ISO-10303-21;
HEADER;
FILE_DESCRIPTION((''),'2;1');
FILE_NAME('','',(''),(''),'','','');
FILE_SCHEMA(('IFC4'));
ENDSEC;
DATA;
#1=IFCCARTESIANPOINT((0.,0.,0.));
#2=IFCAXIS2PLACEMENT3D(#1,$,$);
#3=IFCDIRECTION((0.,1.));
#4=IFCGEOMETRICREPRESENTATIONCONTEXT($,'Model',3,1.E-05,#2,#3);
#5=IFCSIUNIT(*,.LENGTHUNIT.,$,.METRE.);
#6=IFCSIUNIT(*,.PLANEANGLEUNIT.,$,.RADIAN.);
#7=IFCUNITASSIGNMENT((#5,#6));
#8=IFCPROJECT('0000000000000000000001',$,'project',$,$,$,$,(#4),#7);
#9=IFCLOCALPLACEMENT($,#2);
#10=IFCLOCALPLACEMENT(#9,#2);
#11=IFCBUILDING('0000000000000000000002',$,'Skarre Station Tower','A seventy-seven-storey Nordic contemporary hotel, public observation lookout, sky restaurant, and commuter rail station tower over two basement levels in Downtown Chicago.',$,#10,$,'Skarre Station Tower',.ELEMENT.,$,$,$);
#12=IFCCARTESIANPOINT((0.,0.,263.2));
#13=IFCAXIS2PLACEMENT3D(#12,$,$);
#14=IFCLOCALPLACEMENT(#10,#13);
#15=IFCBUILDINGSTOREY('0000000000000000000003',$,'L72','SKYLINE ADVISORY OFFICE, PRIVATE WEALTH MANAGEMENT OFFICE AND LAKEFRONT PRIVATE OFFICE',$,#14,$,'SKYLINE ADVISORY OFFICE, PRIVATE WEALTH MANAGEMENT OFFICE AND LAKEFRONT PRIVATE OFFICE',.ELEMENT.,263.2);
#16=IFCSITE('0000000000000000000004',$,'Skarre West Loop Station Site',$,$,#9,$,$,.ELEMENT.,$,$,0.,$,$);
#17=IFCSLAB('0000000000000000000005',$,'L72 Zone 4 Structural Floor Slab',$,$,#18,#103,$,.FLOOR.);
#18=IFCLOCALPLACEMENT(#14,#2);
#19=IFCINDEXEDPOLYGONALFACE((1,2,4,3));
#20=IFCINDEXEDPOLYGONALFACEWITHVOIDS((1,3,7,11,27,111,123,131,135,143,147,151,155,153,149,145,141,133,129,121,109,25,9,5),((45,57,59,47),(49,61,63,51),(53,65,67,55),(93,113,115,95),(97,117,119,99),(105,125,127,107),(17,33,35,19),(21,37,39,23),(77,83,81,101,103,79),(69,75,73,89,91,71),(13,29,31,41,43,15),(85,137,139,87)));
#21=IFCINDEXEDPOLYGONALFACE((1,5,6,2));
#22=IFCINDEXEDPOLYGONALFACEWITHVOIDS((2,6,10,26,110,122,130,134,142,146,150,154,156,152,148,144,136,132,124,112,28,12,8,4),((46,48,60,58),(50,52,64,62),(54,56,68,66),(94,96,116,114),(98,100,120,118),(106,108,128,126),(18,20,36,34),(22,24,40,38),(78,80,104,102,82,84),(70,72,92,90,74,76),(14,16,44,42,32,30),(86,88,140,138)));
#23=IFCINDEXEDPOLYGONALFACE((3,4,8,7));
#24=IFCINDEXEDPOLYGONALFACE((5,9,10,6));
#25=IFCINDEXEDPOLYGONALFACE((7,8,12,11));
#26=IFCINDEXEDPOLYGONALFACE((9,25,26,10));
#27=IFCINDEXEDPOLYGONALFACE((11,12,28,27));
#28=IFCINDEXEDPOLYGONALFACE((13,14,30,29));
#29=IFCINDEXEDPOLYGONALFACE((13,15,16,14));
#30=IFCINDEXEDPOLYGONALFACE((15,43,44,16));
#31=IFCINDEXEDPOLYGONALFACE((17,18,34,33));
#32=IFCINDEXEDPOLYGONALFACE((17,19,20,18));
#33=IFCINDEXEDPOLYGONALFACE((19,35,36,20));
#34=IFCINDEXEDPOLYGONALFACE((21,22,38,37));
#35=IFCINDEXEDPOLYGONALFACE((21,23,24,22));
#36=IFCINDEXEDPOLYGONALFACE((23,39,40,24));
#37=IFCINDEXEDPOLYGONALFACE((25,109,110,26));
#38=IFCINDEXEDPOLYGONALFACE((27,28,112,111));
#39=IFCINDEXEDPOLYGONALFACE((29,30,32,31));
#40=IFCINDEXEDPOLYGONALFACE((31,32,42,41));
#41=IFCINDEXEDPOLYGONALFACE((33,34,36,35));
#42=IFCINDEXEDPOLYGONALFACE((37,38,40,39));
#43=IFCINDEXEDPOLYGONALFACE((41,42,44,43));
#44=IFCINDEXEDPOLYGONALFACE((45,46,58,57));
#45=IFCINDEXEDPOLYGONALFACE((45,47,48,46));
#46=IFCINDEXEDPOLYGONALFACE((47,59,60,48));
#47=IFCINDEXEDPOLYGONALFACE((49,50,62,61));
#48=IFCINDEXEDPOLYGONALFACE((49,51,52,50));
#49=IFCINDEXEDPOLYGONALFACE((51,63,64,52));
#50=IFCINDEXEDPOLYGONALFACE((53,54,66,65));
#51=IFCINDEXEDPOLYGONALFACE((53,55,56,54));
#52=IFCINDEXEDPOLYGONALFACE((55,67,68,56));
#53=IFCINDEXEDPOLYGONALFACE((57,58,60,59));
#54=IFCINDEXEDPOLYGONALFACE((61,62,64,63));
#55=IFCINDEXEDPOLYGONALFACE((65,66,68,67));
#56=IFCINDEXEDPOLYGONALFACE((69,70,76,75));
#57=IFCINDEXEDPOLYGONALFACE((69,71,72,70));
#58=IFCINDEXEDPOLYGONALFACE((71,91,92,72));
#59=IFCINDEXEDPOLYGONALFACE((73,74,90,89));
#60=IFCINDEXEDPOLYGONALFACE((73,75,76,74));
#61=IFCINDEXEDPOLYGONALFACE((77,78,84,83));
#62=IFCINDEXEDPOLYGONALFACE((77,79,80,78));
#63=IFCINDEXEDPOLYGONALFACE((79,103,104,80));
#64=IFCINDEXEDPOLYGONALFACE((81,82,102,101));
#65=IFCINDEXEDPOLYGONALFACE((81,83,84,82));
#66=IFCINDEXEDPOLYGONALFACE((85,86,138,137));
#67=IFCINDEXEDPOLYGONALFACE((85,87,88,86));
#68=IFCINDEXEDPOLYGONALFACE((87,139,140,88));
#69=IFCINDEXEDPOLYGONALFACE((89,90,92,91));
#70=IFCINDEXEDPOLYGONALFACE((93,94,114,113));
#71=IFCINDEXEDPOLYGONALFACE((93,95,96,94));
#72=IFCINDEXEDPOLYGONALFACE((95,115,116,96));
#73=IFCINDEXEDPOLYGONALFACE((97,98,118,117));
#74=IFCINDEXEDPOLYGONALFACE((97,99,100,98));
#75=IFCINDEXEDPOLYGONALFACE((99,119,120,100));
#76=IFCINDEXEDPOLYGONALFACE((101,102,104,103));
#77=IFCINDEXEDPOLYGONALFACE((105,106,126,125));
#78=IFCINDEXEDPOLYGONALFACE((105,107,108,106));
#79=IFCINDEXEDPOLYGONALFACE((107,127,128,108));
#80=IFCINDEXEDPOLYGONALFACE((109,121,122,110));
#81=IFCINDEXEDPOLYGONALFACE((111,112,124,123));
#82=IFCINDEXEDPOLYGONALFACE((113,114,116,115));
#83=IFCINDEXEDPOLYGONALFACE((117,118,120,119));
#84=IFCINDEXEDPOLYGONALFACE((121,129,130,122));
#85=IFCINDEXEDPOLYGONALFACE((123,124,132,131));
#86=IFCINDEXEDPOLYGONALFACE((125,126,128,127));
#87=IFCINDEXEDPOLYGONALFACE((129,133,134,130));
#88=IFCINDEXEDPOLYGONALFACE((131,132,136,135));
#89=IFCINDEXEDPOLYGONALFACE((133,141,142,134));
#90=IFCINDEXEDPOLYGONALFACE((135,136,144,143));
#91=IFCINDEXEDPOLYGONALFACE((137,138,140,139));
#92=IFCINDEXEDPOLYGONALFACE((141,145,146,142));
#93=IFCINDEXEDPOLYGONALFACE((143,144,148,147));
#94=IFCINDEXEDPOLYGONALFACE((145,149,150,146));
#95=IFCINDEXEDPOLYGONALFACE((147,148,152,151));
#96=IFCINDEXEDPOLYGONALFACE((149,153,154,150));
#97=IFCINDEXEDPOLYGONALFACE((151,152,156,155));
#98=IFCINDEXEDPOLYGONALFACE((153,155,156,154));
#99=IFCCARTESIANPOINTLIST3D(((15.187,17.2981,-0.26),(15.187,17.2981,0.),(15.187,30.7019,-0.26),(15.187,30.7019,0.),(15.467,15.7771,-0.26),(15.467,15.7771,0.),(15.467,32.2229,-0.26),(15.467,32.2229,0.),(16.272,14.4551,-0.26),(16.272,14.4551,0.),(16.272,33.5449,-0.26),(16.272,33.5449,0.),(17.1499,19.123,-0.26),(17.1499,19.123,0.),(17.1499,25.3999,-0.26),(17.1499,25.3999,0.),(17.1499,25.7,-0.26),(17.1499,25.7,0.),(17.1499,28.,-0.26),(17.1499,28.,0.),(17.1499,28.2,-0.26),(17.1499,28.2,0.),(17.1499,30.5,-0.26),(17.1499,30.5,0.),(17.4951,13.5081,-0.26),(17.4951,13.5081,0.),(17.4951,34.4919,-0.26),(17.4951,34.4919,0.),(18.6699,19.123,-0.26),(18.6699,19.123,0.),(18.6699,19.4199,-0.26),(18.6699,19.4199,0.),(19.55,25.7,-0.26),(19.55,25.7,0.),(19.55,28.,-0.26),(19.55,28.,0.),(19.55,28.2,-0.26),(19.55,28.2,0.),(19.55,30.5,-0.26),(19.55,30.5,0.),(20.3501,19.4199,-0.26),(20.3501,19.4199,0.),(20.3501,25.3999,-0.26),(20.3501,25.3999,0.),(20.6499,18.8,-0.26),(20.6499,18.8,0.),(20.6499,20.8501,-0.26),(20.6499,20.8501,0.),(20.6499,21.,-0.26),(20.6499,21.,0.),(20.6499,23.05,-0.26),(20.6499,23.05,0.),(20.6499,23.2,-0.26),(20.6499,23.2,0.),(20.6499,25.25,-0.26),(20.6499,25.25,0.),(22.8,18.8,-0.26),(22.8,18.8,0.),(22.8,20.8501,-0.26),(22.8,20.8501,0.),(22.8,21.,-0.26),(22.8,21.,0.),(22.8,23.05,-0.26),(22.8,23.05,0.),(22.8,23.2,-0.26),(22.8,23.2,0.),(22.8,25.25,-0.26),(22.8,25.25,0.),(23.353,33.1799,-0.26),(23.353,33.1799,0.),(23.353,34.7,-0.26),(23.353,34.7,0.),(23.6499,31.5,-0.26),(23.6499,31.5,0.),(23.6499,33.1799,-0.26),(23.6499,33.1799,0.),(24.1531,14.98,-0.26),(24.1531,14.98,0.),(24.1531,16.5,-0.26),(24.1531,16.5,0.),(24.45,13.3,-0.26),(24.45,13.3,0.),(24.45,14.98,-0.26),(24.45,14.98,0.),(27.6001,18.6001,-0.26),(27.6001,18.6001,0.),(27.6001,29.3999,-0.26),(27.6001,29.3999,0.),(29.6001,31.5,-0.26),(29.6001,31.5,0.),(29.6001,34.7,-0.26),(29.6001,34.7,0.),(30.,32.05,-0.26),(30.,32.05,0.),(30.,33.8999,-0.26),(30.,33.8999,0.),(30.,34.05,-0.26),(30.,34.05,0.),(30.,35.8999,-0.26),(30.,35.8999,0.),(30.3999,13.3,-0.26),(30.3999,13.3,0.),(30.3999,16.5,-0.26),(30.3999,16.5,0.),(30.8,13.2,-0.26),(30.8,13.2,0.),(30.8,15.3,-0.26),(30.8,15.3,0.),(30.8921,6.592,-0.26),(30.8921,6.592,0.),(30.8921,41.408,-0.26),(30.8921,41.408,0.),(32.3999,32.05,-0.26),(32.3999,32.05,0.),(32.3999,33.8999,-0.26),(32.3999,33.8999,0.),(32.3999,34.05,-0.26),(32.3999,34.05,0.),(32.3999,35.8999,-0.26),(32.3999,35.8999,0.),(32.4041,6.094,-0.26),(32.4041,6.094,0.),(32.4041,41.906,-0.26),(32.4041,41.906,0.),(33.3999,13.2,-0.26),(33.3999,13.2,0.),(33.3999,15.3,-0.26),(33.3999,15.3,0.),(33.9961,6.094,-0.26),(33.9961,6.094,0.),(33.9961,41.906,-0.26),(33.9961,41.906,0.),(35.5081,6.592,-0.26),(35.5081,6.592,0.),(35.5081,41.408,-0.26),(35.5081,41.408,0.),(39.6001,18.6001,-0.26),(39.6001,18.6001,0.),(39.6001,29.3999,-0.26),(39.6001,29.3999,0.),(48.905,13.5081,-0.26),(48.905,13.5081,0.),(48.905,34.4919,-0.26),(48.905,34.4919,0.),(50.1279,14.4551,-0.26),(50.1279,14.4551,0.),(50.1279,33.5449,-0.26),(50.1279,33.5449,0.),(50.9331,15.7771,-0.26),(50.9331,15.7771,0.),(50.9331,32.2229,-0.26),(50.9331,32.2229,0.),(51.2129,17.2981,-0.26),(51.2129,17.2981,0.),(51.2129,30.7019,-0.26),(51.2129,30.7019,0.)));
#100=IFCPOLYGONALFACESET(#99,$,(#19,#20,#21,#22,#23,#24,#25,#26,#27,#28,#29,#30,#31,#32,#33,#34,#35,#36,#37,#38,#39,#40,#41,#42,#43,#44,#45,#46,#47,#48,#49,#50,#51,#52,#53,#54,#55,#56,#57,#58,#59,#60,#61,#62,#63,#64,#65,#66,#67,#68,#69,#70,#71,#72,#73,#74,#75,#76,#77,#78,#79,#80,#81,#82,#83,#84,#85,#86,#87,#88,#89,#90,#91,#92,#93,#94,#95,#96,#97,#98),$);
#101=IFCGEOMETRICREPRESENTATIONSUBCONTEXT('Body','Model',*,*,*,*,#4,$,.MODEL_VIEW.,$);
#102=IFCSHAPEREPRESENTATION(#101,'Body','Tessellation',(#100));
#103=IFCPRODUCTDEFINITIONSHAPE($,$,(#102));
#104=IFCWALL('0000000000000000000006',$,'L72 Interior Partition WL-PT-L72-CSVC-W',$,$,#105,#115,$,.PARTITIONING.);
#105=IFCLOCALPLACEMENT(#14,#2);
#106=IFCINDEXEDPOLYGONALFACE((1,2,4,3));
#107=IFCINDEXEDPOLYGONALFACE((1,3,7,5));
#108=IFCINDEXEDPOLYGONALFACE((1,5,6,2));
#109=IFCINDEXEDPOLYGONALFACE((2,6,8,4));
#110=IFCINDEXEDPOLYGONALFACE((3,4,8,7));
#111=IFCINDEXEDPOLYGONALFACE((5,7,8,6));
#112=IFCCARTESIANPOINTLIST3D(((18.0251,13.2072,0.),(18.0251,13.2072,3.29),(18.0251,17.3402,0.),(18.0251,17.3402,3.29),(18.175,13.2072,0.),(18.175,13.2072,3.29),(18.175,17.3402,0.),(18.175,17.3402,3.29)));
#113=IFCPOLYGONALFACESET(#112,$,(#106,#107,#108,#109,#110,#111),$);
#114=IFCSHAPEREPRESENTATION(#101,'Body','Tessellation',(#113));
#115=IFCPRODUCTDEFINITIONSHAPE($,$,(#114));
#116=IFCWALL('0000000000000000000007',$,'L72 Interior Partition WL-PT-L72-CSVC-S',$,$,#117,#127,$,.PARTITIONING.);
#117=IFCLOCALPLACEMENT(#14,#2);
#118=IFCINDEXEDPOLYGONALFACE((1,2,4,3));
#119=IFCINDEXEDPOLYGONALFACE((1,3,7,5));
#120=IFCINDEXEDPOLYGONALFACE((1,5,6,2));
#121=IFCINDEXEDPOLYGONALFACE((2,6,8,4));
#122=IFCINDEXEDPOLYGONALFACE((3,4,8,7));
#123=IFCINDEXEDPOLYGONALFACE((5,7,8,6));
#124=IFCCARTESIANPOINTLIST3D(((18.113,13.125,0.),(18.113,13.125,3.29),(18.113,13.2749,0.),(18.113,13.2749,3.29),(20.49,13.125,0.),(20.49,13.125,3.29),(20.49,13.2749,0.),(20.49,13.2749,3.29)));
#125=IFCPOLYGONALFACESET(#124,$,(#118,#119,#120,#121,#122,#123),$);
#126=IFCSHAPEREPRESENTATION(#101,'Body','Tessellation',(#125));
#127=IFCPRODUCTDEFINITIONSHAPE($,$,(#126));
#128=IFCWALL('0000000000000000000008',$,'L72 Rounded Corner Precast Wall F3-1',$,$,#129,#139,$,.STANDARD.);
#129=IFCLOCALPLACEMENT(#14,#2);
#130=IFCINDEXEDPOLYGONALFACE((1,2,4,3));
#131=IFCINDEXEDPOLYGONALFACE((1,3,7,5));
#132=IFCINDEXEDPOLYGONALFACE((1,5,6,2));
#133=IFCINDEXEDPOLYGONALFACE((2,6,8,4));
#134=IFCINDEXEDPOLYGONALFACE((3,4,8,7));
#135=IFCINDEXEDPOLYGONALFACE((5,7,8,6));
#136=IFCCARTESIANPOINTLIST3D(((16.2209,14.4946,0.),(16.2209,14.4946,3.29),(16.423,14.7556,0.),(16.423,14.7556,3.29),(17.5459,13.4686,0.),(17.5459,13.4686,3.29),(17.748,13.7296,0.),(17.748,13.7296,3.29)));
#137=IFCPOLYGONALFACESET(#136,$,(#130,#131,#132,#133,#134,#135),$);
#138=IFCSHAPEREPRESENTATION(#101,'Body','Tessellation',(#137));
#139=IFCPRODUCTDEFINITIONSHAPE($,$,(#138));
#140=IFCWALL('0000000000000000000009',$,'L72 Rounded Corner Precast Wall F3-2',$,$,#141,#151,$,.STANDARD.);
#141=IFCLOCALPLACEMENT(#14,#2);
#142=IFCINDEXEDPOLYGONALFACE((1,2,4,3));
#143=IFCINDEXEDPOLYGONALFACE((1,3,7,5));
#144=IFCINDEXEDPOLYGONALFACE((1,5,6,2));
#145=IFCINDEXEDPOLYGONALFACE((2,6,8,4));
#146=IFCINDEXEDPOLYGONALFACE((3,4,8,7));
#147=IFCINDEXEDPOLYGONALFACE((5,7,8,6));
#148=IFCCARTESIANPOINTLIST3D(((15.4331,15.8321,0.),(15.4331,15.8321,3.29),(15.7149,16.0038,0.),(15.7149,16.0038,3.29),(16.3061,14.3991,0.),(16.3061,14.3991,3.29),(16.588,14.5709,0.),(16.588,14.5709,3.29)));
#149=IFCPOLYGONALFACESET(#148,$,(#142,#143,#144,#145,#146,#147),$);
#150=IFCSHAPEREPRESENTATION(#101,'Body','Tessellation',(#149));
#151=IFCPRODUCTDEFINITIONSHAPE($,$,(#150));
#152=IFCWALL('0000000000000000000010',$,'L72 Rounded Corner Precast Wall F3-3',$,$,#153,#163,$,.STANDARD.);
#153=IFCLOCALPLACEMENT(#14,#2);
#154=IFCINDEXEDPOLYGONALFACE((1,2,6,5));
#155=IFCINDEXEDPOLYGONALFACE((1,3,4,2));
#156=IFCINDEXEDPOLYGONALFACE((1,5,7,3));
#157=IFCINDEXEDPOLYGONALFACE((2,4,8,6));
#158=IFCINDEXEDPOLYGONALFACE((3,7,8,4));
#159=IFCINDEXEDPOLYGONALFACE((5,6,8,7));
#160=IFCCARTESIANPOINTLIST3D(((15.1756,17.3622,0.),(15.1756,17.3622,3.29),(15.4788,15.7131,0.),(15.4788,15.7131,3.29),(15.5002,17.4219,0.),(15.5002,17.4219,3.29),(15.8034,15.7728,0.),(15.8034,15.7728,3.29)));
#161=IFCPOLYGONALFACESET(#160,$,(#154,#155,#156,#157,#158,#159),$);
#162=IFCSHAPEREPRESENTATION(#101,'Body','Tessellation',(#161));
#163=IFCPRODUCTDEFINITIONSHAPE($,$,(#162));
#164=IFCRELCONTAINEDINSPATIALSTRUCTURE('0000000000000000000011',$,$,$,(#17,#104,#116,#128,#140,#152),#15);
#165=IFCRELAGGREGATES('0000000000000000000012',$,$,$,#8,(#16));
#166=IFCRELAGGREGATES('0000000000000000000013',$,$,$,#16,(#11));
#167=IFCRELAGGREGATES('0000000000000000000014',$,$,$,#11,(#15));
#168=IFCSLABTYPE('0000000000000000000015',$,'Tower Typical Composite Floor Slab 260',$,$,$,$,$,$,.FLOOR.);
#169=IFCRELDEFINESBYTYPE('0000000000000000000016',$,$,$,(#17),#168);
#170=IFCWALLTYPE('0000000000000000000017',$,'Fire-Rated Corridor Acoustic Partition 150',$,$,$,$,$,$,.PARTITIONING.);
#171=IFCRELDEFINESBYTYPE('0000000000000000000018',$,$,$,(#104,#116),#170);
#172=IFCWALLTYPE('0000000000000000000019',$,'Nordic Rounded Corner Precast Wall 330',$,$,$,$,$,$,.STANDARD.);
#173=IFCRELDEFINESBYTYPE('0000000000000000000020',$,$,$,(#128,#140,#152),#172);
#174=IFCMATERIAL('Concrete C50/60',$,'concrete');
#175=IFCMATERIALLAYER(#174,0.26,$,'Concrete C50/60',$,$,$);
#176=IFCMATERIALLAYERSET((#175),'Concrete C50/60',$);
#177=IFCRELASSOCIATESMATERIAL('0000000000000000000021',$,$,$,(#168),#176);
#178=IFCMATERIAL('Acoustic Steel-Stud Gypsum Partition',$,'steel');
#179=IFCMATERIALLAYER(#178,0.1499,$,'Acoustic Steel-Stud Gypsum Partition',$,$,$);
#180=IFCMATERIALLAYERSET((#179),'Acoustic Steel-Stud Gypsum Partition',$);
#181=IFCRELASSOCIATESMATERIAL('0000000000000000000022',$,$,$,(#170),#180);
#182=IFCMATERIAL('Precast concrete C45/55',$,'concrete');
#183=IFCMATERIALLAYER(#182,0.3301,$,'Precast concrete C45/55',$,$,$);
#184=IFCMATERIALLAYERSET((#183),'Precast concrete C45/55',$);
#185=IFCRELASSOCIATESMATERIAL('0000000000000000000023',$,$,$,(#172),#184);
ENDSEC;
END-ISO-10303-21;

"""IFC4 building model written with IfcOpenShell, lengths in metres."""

from ifc_helpers import new_model, si_unit, direction, frame, frame_2d, origin, place, context, subcontext, project, spatial, polyline, rectangle, outline, extrude, material, layer, layer_set, type_object, element, save


model = new_model("IFC4")

# Units and contexts
model_context = context("Model", 3, precision=1e-05, world=origin(), true_north=direction((0.0, 1.0)))
body_context = subcontext(model_context, "Body", "Model", "MODEL_VIEW")
ifc_project = project(units=[si_unit("LENGTHUNIT", "METRE"), si_unit("PLANEANGLEUNIT", "RADIAN")], contexts=[model_context])

# Site, building, storey
site_placement = place(None, origin())
site = spatial("IfcSite", under=ifc_project, at=site_placement, Name="Skarre West Loop Station Site", CompositionType="ELEMENT", RefElevation=0.0)
building_placement = place(site_placement, origin())
building = spatial("IfcBuilding", under=site, at=building_placement, Name="Skarre Station Tower", Description="A seventy-seven-storey Nordic contemporary hotel, public observation lookout, sky restaurant, and commuter rail station tower over two basement levels in Downtown Chicago.", LongName="Skarre Station Tower", CompositionType="ELEMENT")
storey_placement = place(building_placement, frame((0.0, 0.0, 263.2)))
storey = spatial("IfcBuildingStorey", under=building, at=storey_placement, Name="L72", Description="SKYLINE ADVISORY OFFICE, PRIVATE WEALTH MANAGEMENT OFFICE AND LAKEFRONT PRIVATE OFFICE", LongName="SKYLINE ADVISORY OFFICE, PRIVATE WEALTH MANAGEMENT OFFICE AND LAKEFRONT PRIVATE OFFICE", CompositionType="ELEMENT", Elevation=263.2)

# Shared definitions
ifc_material_1 = material(Name="Concrete C50/60", Category="concrete")

# Slab
ifc_layer_1 = layer(ifc_material_1, 0.26, Name="Concrete C50/60")
ifc_layer_set_1 = layer_set([ifc_layer_1], Name="Concrete C50/60")
slab_type_1 = type_object("IfcSlabType", Name="Tower Typical Composite Floor Slab 260", PredefinedType="FLOOR", material=ifc_layer_set_1)
slab_1_placement = place(storey_placement, frame((0.0, 0.0, -0.26)))
element("IfcSlab", 1, at=slab_1_placement, inside=storey, type_object=slab_type_1, Name="L72 Zone 4 Structural Floor Slab", PredefinedType="FLOOR", context=body_context, shape_type="SweptSolid", body=[
    extrude(outline(polyline([(51.2129, 30.7019), (50.9331, 32.2229), (50.1279, 33.5449), (48.905, 34.4919), (35.5081, 41.408), (33.9961, 41.906), (32.4041, 41.906), (30.8921, 41.408), (17.4951, 34.4919), (16.272, 33.5449), (15.467, 32.2229), (15.187, 30.7019), (15.187, 17.2981), (15.467, 15.7771), (16.272, 14.4551), (17.4951, 13.5081), (30.8921, 6.592), (32.4041, 6.094), (33.9961, 6.094), (35.5081, 6.592), (48.905, 13.5081), (50.1279, 14.4551), (50.9331, 15.7771), (51.2129, 17.2981), (51.2129, 30.7019)]), holes=[polyline([(18.6699, 19.4199), (18.6699, 19.123), (17.1499, 19.123), (17.1499, 25.3999), (20.3501, 25.3999), (20.3501, 19.4199), (18.6699, 19.4199)]), polyline([(24.45, 14.98), (24.1531, 14.98), (24.1531, 16.5), (30.3999, 16.5), (30.3999, 13.3), (24.45, 13.3), (24.45, 14.98)]), polyline([(23.6499, 33.1799), (23.353, 33.1799), (23.353, 34.7), (29.6001, 34.7), (29.6001, 31.5), (23.6499, 31.5), (23.6499, 33.1799)]), polyline([(17.1499, 28.0), (19.55, 28.0), (19.55, 25.7), (17.1499, 25.7), (17.1499, 28.0)]), polyline([(17.1499, 30.5), (19.55, 30.5), (19.55, 28.2), (17.1499, 28.2), (17.1499, 30.5)]), polyline([(30.8, 15.3), (33.3999, 15.3), (33.3999, 13.2), (30.8, 13.2), (30.8, 15.3)]), polyline([(20.6499, 20.8501), (22.8, 20.8501), (22.8, 18.8), (20.6499, 18.8), (20.6499, 20.8501)]), polyline([(20.6499, 23.05), (22.8, 23.05), (22.8, 21.0), (20.6499, 21.0), (20.6499, 23.05)]), polyline([(20.6499, 25.25), (22.8, 25.25), (22.8, 23.2), (20.6499, 23.2), (20.6499, 25.25)]), polyline([(30.0, 33.8999), (32.3999, 33.8999), (32.3999, 32.05), (30.0, 32.05), (30.0, 33.8999)]), polyline([(30.0, 35.8999), (32.3999, 35.8999), (32.3999, 34.05), (30.0, 34.05), (30.0, 35.8999)]), polyline([(27.6001, 29.3999), (39.6001, 29.3999), (39.6001, 18.6001), (27.6001, 18.6001), (27.6001, 29.3999)])]), origin(), (0.0, 0.0, 1.0), 0.26),
])

# Walls
ifc_material_2 = material(Name="Acoustic Steel-Stud Gypsum Partition", Category="steel")
ifc_layer_2 = layer(ifc_material_2, 0.1499, Name="Acoustic Steel-Stud Gypsum Partition")
ifc_layer_set_2 = layer_set([ifc_layer_2], Name="Acoustic Steel-Stud Gypsum Partition")
wall_type_1 = type_object("IfcWallType", Name="Fire-Rated Corridor Acoustic Partition 150", PredefinedType="PARTITIONING", material=ifc_layer_set_2)
wall_1_placement = place(storey_placement, frame((18.1001, 17.3401, 0.0), z_axis=(0.0, 0.0, 1.0), x_axis=(0.0, -1.0, 0.0)))
element("IfcWall", 2, at=wall_1_placement, inside=storey, type_object=wall_type_1, Name="L72 Interior Partition WL-PT-L72-CSVC-W", PredefinedType="PARTITIONING", context=body_context, shape_type="SweptSolid", body=[
    extrude(rectangle(XDim=4.1331, YDim=0.1499, at=frame_2d((2.0664, 0.0))), origin(), (0.0, 0.0, 1.0), 3.29),
])
wall_2_placement = place(storey_placement, frame((18.113, 13.2, 0.0), z_axis=(0.0, 0.0, 1.0), x_axis=(1.0, 0.0, 0.0)))
element("IfcWall", 3, at=wall_2_placement, inside=storey, type_object=wall_type_1, Name="L72 Interior Partition WL-PT-L72-CSVC-S", PredefinedType="PARTITIONING", context=body_context, shape_type="SweptSolid", body=[
    extrude(rectangle(XDim=2.377, YDim=0.1499, at=frame_2d((1.1885, 0.0))), origin(), (0.0, 0.0, 1.0), 3.29),
])
ifc_material_3 = material(Name="Precast concrete C45/55", Category="concrete")
ifc_layer_3 = layer(ifc_material_3, 0.3301, Name="Precast concrete C45/55")
ifc_layer_set_3 = layer_set([ifc_layer_3], Name="Precast concrete C45/55")
wall_type_2 = type_object("IfcWallType", Name="Nordic Rounded Corner Precast Wall 330", PredefinedType="STANDARD", material=ifc_layer_set_3)
wall_3_placement = place(storey_placement, frame((17.647, 13.5991, 0.0), z_axis=(0.0, 0.0, 1.0), x_axis=(-0.790692, 0.612214, 0.0)))
element("IfcWall", 4, at=wall_3_placement, inside=storey, type_object=wall_type_2, Name="L72 Rounded Corner Precast Wall F3-1", PredefinedType="STANDARD", context=body_context, shape_type="SweptSolid", body=[
    extrude(rectangle(XDim=1.6758, YDim=0.3301, at=frame_2d((0.8379, 0.0))), origin(), (0.0, 0.0, 1.0), 3.29),
])
wall_4_placement = place(storey_placement, frame((16.447, 14.4851, 0.0), z_axis=(0.0, 0.0, 1.0), x_axis=(-0.520325, 0.853968, 0.0)))
element("IfcWall", 5, at=wall_4_placement, inside=storey, type_object=wall_type_2, Name="L72 Rounded Corner Precast Wall F3-2", PredefinedType="STANDARD", context=body_context, shape_type="SweptSolid", body=[
    extrude(rectangle(XDim=1.678, YDim=0.3301, at=frame_2d((0.8389, 0.0))), origin(), (0.0, 0.0, 1.0), 3.29),
])
wall_5_placement = place(storey_placement, frame((15.6411, 15.7429, 0.0), z_axis=(0.0, 0.0, 1.0), x_axis=(-0.180833, 0.983514, 0.0)))
element("IfcWall", 6, at=wall_5_placement, inside=storey, type_object=wall_type_2, Name="L72 Rounded Corner Precast Wall F3-3", PredefinedType="STANDARD", context=body_context, shape_type="SweptSolid", body=[
    extrude(rectangle(XDim=1.6768, YDim=0.3301, at=frame_2d((0.8384, 0.0))), origin(), (0.0, 0.0, 1.0), 3.29),
])

save(model, "model.ifc")
